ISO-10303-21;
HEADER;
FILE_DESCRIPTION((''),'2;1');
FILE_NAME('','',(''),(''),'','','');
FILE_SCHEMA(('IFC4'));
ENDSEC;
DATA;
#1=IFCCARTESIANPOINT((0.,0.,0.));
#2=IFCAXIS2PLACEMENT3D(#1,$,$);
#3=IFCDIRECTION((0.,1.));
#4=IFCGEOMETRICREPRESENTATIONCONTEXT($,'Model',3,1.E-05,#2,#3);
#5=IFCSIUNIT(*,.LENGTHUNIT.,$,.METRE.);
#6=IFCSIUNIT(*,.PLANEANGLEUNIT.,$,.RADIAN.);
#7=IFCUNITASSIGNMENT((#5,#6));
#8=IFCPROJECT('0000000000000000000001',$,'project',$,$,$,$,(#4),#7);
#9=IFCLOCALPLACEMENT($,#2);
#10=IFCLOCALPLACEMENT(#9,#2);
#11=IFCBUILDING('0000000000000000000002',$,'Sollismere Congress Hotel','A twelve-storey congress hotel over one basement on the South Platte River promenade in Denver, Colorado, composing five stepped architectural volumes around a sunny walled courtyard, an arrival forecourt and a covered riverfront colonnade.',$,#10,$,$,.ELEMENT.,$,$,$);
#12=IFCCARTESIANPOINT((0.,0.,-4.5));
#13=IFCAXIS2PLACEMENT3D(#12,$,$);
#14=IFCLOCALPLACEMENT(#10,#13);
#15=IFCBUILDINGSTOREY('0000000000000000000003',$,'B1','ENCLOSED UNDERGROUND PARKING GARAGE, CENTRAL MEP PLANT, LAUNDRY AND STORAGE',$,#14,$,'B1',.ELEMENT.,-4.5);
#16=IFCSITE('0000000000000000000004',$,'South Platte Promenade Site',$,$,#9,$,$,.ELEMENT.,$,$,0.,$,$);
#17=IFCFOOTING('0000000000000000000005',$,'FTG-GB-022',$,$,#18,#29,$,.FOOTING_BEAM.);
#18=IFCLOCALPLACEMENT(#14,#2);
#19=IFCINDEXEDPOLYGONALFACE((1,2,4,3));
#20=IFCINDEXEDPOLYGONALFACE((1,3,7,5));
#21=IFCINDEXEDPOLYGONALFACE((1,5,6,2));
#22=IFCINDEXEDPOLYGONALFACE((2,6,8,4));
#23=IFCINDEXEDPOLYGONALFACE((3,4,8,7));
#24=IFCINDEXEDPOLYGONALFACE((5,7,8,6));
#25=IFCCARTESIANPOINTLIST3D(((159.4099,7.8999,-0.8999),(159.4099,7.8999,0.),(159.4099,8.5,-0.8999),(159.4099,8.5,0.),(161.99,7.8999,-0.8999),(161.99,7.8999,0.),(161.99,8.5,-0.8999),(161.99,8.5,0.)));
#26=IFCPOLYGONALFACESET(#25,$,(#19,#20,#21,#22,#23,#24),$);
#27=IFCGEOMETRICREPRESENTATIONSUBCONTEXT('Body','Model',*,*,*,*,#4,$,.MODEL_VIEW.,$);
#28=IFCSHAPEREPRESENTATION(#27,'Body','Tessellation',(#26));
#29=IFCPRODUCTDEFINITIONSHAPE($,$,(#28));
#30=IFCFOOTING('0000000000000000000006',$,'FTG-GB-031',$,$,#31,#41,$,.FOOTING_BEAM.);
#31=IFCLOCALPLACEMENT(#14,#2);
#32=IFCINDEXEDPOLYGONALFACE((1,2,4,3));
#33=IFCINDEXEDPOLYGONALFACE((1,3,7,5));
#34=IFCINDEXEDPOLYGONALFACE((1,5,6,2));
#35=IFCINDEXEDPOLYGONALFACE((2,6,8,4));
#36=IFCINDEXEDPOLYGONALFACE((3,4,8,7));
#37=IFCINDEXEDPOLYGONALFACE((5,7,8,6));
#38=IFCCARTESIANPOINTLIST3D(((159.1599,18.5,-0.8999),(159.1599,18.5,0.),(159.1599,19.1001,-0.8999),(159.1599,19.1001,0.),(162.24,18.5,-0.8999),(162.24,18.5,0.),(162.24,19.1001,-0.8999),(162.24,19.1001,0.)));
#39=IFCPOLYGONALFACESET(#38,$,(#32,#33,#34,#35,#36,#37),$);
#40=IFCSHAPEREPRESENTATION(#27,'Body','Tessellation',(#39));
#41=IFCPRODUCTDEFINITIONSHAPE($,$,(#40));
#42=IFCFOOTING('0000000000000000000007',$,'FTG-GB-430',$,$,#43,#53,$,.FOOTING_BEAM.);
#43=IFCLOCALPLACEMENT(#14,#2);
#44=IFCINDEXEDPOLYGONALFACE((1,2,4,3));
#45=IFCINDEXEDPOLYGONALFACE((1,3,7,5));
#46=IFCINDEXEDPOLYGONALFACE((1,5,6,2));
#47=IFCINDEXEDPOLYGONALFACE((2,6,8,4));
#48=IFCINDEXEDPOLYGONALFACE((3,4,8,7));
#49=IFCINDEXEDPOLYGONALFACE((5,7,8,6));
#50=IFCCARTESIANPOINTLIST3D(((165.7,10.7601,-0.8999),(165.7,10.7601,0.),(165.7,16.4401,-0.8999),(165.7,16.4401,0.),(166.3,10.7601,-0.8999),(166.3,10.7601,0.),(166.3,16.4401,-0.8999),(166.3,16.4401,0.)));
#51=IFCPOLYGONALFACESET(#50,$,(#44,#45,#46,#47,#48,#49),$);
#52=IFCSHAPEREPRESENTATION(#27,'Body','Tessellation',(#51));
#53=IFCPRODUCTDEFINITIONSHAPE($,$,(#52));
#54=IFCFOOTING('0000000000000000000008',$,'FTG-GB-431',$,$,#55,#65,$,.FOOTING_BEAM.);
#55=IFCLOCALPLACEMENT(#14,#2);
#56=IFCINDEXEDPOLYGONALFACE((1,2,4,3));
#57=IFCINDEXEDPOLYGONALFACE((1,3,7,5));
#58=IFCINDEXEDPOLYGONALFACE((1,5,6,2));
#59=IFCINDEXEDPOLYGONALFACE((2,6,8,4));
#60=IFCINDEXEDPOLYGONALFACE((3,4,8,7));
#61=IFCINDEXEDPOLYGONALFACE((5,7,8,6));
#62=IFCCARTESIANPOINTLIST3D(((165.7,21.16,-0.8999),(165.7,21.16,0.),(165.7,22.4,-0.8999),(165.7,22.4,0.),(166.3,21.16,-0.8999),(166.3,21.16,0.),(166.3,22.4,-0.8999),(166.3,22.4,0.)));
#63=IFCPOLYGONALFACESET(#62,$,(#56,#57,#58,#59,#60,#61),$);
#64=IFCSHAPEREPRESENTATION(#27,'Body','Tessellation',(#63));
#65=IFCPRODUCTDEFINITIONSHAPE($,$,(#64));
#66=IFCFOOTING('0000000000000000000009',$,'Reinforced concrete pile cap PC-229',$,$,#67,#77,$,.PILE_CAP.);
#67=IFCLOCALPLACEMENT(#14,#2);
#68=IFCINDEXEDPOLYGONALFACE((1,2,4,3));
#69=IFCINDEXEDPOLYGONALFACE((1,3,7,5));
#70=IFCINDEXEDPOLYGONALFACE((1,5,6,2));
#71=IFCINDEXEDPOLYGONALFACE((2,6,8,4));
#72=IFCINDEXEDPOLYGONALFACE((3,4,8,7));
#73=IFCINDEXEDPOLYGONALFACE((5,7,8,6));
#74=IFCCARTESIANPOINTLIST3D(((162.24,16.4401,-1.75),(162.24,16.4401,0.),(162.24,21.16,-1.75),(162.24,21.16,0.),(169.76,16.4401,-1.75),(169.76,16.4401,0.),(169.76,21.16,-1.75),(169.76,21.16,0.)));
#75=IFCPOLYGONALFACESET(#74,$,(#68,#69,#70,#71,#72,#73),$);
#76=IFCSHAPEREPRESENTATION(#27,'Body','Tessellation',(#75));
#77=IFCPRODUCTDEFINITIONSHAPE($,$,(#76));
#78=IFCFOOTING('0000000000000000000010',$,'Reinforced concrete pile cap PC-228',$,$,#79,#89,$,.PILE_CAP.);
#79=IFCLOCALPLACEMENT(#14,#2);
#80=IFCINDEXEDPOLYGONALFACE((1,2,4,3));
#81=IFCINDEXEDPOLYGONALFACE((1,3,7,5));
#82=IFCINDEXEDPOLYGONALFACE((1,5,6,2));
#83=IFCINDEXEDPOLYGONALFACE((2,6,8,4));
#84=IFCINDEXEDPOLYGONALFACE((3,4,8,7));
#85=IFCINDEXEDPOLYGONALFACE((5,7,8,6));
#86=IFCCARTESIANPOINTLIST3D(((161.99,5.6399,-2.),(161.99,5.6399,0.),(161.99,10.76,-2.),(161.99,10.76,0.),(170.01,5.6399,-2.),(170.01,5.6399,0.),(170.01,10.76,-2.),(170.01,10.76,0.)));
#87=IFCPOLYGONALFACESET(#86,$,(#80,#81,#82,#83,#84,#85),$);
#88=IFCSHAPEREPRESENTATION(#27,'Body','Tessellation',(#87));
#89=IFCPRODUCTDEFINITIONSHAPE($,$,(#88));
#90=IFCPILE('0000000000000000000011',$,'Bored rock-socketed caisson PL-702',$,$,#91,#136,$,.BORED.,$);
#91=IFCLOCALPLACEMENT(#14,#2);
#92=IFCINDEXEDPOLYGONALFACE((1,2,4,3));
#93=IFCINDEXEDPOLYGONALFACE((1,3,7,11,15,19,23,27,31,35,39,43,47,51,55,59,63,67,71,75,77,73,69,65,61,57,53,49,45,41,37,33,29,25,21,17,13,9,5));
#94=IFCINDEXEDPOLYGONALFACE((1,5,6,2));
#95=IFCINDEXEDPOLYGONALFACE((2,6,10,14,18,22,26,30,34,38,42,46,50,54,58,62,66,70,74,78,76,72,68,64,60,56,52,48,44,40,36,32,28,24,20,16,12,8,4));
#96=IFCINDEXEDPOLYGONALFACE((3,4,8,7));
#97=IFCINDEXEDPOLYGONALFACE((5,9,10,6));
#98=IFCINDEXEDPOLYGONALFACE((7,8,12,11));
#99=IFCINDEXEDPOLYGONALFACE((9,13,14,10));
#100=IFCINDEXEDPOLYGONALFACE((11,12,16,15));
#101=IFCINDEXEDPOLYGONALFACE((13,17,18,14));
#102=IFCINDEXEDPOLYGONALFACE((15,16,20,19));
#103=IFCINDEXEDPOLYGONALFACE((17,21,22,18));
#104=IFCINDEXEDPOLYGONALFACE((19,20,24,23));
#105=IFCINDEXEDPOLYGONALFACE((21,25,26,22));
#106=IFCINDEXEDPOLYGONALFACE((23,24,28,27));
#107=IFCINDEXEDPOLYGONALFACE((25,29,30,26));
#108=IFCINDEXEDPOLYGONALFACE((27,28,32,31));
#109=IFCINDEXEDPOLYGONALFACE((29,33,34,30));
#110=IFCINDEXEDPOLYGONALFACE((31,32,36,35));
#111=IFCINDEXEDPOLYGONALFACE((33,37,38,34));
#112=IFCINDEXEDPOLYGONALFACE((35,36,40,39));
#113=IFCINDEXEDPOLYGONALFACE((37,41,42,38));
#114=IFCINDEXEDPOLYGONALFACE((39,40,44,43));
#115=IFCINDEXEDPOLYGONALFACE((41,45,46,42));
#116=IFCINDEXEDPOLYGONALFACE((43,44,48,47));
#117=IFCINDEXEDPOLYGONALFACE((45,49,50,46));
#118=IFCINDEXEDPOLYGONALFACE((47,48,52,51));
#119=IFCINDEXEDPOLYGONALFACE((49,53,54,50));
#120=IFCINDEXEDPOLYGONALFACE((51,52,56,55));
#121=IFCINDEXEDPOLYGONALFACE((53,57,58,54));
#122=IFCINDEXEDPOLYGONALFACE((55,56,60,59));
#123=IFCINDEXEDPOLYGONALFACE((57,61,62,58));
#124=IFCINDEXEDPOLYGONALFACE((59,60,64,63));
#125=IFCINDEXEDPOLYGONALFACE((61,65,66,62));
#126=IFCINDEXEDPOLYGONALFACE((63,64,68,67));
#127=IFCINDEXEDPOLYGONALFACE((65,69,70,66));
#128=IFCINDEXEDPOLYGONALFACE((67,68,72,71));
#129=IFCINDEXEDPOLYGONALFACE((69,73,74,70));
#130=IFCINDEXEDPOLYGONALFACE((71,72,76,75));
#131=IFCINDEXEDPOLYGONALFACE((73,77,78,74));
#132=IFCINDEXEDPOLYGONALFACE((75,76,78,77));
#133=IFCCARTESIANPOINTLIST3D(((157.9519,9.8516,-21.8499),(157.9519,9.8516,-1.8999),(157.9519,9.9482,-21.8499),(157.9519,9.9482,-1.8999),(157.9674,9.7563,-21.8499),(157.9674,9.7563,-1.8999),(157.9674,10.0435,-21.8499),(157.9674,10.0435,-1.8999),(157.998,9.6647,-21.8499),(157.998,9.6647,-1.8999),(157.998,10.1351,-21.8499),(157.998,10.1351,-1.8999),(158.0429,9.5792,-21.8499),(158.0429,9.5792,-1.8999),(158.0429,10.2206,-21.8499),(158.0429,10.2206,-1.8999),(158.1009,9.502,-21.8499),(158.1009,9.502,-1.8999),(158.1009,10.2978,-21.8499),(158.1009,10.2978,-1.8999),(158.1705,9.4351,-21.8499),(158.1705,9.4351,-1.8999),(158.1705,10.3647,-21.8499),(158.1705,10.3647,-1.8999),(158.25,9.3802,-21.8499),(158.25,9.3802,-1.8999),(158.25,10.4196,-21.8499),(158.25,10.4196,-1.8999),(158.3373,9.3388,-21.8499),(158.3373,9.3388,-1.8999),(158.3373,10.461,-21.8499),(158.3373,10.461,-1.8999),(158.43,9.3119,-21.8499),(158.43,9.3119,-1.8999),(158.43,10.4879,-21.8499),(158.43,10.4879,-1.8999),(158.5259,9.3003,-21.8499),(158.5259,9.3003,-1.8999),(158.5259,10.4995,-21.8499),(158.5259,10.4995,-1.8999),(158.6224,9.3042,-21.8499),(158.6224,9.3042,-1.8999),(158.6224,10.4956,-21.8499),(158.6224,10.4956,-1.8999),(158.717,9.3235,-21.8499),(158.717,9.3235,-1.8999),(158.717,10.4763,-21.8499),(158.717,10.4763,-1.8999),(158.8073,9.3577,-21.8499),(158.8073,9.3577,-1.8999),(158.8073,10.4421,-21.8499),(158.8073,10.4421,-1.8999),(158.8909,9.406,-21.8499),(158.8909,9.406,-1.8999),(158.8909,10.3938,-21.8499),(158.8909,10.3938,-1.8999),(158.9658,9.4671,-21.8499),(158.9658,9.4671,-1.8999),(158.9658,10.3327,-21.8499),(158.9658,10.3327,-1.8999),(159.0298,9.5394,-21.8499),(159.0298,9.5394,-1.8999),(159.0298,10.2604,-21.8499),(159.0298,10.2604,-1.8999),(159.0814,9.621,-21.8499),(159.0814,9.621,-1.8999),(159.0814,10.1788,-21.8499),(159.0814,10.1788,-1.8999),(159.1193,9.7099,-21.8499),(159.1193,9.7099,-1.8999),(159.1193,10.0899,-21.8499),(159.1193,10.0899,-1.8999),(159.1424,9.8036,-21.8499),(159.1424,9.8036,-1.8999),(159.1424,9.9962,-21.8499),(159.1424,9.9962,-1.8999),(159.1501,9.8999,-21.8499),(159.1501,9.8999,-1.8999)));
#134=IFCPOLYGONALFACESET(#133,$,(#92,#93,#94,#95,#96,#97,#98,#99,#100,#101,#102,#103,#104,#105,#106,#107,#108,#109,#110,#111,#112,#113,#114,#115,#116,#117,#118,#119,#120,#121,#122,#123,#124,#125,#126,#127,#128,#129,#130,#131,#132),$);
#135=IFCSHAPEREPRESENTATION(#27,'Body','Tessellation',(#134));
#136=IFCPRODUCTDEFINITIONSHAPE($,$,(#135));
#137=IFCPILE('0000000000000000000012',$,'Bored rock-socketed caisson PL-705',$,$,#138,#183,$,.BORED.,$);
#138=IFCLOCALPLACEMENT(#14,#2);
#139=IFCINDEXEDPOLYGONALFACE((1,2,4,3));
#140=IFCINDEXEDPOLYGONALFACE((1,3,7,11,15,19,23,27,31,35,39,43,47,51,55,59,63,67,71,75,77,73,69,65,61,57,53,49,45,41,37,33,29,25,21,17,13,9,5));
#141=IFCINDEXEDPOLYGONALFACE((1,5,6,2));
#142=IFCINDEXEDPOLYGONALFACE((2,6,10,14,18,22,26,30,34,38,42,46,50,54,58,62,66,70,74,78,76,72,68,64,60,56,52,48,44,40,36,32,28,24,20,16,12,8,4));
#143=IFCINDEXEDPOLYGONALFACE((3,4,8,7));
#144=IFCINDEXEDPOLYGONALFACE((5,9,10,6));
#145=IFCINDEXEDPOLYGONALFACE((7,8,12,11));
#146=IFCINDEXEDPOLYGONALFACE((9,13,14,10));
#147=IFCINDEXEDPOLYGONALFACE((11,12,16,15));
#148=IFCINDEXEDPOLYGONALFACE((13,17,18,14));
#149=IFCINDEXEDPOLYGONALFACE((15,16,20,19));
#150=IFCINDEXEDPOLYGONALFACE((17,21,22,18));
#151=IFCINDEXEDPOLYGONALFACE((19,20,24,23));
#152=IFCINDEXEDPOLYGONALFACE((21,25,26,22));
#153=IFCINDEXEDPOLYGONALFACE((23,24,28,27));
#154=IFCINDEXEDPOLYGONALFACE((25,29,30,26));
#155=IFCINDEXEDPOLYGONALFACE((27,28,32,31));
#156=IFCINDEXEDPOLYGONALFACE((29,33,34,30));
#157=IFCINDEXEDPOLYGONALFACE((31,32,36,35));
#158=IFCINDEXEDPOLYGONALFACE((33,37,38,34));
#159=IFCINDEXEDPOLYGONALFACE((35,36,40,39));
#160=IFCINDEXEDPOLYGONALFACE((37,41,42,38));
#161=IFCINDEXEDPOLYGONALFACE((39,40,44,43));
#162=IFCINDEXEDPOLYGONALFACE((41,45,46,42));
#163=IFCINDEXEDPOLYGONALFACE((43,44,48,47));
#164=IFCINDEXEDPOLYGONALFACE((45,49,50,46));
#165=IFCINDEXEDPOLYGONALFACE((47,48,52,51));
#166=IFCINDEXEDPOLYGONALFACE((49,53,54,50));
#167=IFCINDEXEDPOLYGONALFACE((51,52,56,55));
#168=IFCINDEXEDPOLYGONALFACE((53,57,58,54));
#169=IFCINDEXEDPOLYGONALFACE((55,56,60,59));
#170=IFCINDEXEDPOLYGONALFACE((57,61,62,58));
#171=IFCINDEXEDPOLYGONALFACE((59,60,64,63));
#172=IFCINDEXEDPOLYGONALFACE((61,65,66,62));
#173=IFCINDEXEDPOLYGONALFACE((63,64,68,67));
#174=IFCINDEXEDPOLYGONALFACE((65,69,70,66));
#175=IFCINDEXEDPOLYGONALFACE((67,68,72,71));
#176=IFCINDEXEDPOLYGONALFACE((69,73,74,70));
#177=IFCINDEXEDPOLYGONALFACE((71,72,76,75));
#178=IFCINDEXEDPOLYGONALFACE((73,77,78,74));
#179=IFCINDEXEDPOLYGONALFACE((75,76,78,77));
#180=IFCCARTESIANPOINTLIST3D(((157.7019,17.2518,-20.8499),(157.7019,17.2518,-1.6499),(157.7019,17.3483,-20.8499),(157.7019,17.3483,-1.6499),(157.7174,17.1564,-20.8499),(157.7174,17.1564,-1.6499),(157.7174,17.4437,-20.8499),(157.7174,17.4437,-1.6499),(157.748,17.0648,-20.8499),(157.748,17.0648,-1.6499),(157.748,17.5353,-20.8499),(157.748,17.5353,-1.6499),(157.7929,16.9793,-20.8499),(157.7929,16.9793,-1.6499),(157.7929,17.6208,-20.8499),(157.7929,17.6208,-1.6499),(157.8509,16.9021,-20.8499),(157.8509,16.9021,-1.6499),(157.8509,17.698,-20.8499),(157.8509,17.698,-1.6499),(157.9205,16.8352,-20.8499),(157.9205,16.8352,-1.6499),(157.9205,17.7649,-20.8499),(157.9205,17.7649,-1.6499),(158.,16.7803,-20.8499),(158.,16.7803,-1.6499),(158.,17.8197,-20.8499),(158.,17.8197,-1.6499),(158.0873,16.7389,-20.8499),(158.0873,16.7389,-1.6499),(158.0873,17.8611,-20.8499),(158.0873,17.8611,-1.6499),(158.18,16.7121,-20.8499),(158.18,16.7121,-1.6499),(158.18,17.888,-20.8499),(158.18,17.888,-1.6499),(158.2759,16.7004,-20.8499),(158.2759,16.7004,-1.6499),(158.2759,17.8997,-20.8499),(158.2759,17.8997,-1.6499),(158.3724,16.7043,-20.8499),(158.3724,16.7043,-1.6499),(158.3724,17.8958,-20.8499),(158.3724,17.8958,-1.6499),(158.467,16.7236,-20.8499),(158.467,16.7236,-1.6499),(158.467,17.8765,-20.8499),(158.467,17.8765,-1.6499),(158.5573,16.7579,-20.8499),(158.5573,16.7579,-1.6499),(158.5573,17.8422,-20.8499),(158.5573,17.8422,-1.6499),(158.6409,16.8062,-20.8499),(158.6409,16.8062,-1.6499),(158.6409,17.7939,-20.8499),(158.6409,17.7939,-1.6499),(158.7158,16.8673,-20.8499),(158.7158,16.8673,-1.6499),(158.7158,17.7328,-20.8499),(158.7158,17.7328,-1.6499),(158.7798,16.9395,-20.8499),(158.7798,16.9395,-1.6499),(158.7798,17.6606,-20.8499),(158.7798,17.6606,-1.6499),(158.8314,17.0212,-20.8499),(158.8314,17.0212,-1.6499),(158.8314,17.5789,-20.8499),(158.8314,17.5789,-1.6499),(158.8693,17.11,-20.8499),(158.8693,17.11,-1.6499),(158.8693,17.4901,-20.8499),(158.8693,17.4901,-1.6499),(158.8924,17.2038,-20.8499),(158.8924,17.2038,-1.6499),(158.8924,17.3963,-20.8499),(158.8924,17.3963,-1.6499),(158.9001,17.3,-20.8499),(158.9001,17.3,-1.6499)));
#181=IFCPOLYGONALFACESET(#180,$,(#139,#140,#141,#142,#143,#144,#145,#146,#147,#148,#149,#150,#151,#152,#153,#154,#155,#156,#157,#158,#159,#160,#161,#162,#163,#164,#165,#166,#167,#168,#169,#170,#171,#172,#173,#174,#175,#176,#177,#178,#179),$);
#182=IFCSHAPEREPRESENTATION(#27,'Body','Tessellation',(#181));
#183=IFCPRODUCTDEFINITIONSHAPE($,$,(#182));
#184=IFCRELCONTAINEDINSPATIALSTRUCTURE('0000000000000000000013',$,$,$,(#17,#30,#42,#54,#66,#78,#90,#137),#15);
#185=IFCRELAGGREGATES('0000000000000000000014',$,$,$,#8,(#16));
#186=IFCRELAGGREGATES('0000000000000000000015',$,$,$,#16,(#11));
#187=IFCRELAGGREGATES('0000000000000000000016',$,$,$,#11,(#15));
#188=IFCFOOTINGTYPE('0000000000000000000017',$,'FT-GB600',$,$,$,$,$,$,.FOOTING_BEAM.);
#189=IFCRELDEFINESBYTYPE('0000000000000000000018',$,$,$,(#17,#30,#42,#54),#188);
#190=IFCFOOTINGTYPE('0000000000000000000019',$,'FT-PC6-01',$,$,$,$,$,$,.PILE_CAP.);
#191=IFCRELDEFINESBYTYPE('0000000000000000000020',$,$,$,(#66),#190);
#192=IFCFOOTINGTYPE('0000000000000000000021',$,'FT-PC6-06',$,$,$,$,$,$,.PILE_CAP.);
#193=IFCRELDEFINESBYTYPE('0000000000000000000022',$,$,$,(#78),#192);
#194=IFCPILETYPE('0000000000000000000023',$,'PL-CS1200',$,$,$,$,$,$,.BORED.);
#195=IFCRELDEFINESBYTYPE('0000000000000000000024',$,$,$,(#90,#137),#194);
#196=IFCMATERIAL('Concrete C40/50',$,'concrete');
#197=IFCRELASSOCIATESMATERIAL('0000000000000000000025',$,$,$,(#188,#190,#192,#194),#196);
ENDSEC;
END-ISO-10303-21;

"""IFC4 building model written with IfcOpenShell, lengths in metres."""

from ifc_helpers import new_model, si_unit, direction, frame, origin, origin_2d, place, context, subcontext, project, spatial, rectangle, circle, extrude, material, material_profile, profile_set, type_object, element, save


model = new_model("IFC4")

# Units and contexts
model_context = context("Model", 3, precision=1e-05, world=origin(), true_north=direction((0.0, 1.0)))
body_context = subcontext(model_context, "Body", "Model", "MODEL_VIEW")
ifc_project = project(units=[si_unit("LENGTHUNIT", "METRE"), si_unit("PLANEANGLEUNIT", "RADIAN")], contexts=[model_context])

# Site, building, storey
site_placement = place(None, origin())
site = spatial("IfcSite", under=ifc_project, at=site_placement, Name="South Platte Promenade Site", CompositionType="ELEMENT", RefElevation=0.0)
building_placement = place(site_placement, origin())
building = spatial("IfcBuilding", under=site, at=building_placement, Name="Sollismere Congress Hotel", Description="A twelve-storey congress hotel over one basement on the South Platte River promenade in Denver, Colorado, composing five stepped architectural volumes around a sunny walled courtyard, an arrival forecourt and a covered riverfront colonnade.", CompositionType="ELEMENT")
storey_placement = place(building_placement, frame((0.0, 0.0, -4.5)))
storey = spatial("IfcBuildingStorey", under=building, at=storey_placement, Name="B1", Description="ENCLOSED UNDERGROUND PARKING GARAGE, CENTRAL MEP PLANT, LAUNDRY AND STORAGE", LongName="B1", CompositionType="ELEMENT", Elevation=-4.5)

# Footings
ifc_material_1 = material(Name="Concrete C40/50", Category="concrete")
footing_type_1 = type_object("IfcFootingType", Name="FT-GB600", PredefinedType="FOOTING_BEAM", material=ifc_material_1)
footing_1_placement = place(storey_placement, frame((160.7, 8.2, -0.8999), z_axis=(0.0, 0.0, 1.0), x_axis=(1.0, 0.0, 0.0)))
element("IfcFooting", 1, at=footing_1_placement, inside=storey, type_object=footing_type_1, Name="FTG-GB-022", PredefinedType="FOOTING_BEAM", context=body_context, shape_type="SweptSolid", body=[
    extrude(rectangle(XDim=2.5801, YDim=0.6001, at=origin_2d()), origin(), (0.0, 0.0, 1.0), 0.8999),
])
footing_2_placement = place(storey_placement, frame((160.7, 18.8, -0.8999), z_axis=(0.0, 0.0, 1.0), x_axis=(1.0, 0.0, 0.0)))
element("IfcFooting", 2, at=footing_2_placement, inside=storey, type_object=footing_type_1, Name="FTG-GB-031", PredefinedType="FOOTING_BEAM", context=body_context, shape_type="SweptSolid", body=[
    extrude(rectangle(XDim=3.0801, YDim=0.6001, at=origin_2d()), origin(), (0.0, 0.0, 1.0), 0.8999),
])
footing_3_placement = place(storey_placement, frame((166.0, 13.6001, -0.8999), z_axis=(0.0, 0.0, 1.0), x_axis=(0.0, 1.0, 0.0)))
element("IfcFooting", 3, at=footing_3_placement, inside=storey, type_object=footing_type_1, Name="FTG-GB-430", PredefinedType="FOOTING_BEAM", context=body_context, shape_type="SweptSolid", body=[
    extrude(rectangle(XDim=5.6799, YDim=0.6001, at=origin_2d()), origin(), (0.0, 0.0, 1.0), 0.8999),
])
footing_4_placement = place(storey_placement, frame((166.0, 21.78, -0.8999), z_axis=(0.0, 0.0, 1.0), x_axis=(0.0, 1.0, 0.0)))
element("IfcFooting", 4, at=footing_4_placement, inside=storey, type_object=footing_type_1, Name="FTG-GB-431", PredefinedType="FOOTING_BEAM", context=body_context, shape_type="SweptSolid", body=[
    extrude(rectangle(XDim=1.24, YDim=0.6001, at=origin_2d()), origin(), (0.0, 0.0, 1.0), 0.8999),
])
footing_type_2 = type_object("IfcFootingType", Name="FT-PC6-01", PredefinedType="PILE_CAP", material=ifc_material_1)
footing_5_placement = place(storey_placement, frame((166.0, 18.8, -1.75), z_axis=(0.0, 0.0, 1.0), x_axis=(1.0, 0.0, 0.0)))
element("IfcFooting", 5, at=footing_5_placement, inside=storey, type_object=footing_type_2, Name="Reinforced concrete pile cap PC-229", PredefinedType="PILE_CAP", context=body_context, shape_type="SweptSolid", body=[
    extrude(rectangle(XDim=7.52, YDim=4.72, at=origin_2d()), origin(), (0.0, 0.0, 1.0), 1.75),
])
footing_type_3 = type_object("IfcFootingType", Name="FT-PC6-06", PredefinedType="PILE_CAP", material=ifc_material_1)
footing_6_placement = place(storey_placement, frame((166.0, 8.2, -2.0), z_axis=(0.0, 0.0, 1.0), x_axis=(1.0, 0.0, 0.0)))
element("IfcFooting", 6, at=footing_6_placement, inside=storey, type_object=footing_type_3, Name="Reinforced concrete pile cap PC-228", PredefinedType="PILE_CAP", context=body_context, shape_type="SweptSolid", body=[
    extrude(rectangle(XDim=8.02, YDim=5.1201, at=origin_2d()), origin(), (0.0, 0.0, 1.0), 2.0),
])

# Piles
ifc_material_profile_1 = material_profile(ifc_material_1, circle(Radius=0.6001, at=origin_2d()), Name="CAISSON1200")
ifc_profile_set_1 = profile_set([ifc_material_profile_1], Name="Concrete C40/50")
pile_type = type_object("IfcPileType", Name="PL-CS1200", PredefinedType="BORED", material=ifc_profile_set_1)
pile_1_placement = place(storey_placement, frame((158.55, 9.8999, -1.8999), z_axis=(0.0, 0.0, -1.0), x_axis=(1.0, 0.0, 0.0)))
element("IfcPile", 7, at=pile_1_placement, inside=storey, type_object=pile_type, Name="Bored rock-socketed caisson PL-702", PredefinedType="BORED", context=body_context, shape_type="SweptSolid", body=[
    extrude(circle(Radius=0.6001, at=origin_2d()), origin(), (0.0, 0.0, 1.0), 19.95),
])
for number, where, z_axis, x_axis, name in (
    (8, (158.3, 17.3, -1.6499), (0.0, 0.0, -1.0), (1.0, 0.0, 0.0), "Bored rock-socketed caisson PL-705"),
):
    element("IfcPile", number, at=place(storey_placement, frame(where, z_axis=z_axis, x_axis=x_axis)), inside=storey, type_object=pile_type, Name=name, PredefinedType="BORED", context=body_context, shape_type="SweptSolid", body=[
        extrude(circle(Radius=0.6001, at=origin_2d()), origin(), (0.0, 0.0, 1.0), 19.2),
    ])

save(model, "model.ifc")
